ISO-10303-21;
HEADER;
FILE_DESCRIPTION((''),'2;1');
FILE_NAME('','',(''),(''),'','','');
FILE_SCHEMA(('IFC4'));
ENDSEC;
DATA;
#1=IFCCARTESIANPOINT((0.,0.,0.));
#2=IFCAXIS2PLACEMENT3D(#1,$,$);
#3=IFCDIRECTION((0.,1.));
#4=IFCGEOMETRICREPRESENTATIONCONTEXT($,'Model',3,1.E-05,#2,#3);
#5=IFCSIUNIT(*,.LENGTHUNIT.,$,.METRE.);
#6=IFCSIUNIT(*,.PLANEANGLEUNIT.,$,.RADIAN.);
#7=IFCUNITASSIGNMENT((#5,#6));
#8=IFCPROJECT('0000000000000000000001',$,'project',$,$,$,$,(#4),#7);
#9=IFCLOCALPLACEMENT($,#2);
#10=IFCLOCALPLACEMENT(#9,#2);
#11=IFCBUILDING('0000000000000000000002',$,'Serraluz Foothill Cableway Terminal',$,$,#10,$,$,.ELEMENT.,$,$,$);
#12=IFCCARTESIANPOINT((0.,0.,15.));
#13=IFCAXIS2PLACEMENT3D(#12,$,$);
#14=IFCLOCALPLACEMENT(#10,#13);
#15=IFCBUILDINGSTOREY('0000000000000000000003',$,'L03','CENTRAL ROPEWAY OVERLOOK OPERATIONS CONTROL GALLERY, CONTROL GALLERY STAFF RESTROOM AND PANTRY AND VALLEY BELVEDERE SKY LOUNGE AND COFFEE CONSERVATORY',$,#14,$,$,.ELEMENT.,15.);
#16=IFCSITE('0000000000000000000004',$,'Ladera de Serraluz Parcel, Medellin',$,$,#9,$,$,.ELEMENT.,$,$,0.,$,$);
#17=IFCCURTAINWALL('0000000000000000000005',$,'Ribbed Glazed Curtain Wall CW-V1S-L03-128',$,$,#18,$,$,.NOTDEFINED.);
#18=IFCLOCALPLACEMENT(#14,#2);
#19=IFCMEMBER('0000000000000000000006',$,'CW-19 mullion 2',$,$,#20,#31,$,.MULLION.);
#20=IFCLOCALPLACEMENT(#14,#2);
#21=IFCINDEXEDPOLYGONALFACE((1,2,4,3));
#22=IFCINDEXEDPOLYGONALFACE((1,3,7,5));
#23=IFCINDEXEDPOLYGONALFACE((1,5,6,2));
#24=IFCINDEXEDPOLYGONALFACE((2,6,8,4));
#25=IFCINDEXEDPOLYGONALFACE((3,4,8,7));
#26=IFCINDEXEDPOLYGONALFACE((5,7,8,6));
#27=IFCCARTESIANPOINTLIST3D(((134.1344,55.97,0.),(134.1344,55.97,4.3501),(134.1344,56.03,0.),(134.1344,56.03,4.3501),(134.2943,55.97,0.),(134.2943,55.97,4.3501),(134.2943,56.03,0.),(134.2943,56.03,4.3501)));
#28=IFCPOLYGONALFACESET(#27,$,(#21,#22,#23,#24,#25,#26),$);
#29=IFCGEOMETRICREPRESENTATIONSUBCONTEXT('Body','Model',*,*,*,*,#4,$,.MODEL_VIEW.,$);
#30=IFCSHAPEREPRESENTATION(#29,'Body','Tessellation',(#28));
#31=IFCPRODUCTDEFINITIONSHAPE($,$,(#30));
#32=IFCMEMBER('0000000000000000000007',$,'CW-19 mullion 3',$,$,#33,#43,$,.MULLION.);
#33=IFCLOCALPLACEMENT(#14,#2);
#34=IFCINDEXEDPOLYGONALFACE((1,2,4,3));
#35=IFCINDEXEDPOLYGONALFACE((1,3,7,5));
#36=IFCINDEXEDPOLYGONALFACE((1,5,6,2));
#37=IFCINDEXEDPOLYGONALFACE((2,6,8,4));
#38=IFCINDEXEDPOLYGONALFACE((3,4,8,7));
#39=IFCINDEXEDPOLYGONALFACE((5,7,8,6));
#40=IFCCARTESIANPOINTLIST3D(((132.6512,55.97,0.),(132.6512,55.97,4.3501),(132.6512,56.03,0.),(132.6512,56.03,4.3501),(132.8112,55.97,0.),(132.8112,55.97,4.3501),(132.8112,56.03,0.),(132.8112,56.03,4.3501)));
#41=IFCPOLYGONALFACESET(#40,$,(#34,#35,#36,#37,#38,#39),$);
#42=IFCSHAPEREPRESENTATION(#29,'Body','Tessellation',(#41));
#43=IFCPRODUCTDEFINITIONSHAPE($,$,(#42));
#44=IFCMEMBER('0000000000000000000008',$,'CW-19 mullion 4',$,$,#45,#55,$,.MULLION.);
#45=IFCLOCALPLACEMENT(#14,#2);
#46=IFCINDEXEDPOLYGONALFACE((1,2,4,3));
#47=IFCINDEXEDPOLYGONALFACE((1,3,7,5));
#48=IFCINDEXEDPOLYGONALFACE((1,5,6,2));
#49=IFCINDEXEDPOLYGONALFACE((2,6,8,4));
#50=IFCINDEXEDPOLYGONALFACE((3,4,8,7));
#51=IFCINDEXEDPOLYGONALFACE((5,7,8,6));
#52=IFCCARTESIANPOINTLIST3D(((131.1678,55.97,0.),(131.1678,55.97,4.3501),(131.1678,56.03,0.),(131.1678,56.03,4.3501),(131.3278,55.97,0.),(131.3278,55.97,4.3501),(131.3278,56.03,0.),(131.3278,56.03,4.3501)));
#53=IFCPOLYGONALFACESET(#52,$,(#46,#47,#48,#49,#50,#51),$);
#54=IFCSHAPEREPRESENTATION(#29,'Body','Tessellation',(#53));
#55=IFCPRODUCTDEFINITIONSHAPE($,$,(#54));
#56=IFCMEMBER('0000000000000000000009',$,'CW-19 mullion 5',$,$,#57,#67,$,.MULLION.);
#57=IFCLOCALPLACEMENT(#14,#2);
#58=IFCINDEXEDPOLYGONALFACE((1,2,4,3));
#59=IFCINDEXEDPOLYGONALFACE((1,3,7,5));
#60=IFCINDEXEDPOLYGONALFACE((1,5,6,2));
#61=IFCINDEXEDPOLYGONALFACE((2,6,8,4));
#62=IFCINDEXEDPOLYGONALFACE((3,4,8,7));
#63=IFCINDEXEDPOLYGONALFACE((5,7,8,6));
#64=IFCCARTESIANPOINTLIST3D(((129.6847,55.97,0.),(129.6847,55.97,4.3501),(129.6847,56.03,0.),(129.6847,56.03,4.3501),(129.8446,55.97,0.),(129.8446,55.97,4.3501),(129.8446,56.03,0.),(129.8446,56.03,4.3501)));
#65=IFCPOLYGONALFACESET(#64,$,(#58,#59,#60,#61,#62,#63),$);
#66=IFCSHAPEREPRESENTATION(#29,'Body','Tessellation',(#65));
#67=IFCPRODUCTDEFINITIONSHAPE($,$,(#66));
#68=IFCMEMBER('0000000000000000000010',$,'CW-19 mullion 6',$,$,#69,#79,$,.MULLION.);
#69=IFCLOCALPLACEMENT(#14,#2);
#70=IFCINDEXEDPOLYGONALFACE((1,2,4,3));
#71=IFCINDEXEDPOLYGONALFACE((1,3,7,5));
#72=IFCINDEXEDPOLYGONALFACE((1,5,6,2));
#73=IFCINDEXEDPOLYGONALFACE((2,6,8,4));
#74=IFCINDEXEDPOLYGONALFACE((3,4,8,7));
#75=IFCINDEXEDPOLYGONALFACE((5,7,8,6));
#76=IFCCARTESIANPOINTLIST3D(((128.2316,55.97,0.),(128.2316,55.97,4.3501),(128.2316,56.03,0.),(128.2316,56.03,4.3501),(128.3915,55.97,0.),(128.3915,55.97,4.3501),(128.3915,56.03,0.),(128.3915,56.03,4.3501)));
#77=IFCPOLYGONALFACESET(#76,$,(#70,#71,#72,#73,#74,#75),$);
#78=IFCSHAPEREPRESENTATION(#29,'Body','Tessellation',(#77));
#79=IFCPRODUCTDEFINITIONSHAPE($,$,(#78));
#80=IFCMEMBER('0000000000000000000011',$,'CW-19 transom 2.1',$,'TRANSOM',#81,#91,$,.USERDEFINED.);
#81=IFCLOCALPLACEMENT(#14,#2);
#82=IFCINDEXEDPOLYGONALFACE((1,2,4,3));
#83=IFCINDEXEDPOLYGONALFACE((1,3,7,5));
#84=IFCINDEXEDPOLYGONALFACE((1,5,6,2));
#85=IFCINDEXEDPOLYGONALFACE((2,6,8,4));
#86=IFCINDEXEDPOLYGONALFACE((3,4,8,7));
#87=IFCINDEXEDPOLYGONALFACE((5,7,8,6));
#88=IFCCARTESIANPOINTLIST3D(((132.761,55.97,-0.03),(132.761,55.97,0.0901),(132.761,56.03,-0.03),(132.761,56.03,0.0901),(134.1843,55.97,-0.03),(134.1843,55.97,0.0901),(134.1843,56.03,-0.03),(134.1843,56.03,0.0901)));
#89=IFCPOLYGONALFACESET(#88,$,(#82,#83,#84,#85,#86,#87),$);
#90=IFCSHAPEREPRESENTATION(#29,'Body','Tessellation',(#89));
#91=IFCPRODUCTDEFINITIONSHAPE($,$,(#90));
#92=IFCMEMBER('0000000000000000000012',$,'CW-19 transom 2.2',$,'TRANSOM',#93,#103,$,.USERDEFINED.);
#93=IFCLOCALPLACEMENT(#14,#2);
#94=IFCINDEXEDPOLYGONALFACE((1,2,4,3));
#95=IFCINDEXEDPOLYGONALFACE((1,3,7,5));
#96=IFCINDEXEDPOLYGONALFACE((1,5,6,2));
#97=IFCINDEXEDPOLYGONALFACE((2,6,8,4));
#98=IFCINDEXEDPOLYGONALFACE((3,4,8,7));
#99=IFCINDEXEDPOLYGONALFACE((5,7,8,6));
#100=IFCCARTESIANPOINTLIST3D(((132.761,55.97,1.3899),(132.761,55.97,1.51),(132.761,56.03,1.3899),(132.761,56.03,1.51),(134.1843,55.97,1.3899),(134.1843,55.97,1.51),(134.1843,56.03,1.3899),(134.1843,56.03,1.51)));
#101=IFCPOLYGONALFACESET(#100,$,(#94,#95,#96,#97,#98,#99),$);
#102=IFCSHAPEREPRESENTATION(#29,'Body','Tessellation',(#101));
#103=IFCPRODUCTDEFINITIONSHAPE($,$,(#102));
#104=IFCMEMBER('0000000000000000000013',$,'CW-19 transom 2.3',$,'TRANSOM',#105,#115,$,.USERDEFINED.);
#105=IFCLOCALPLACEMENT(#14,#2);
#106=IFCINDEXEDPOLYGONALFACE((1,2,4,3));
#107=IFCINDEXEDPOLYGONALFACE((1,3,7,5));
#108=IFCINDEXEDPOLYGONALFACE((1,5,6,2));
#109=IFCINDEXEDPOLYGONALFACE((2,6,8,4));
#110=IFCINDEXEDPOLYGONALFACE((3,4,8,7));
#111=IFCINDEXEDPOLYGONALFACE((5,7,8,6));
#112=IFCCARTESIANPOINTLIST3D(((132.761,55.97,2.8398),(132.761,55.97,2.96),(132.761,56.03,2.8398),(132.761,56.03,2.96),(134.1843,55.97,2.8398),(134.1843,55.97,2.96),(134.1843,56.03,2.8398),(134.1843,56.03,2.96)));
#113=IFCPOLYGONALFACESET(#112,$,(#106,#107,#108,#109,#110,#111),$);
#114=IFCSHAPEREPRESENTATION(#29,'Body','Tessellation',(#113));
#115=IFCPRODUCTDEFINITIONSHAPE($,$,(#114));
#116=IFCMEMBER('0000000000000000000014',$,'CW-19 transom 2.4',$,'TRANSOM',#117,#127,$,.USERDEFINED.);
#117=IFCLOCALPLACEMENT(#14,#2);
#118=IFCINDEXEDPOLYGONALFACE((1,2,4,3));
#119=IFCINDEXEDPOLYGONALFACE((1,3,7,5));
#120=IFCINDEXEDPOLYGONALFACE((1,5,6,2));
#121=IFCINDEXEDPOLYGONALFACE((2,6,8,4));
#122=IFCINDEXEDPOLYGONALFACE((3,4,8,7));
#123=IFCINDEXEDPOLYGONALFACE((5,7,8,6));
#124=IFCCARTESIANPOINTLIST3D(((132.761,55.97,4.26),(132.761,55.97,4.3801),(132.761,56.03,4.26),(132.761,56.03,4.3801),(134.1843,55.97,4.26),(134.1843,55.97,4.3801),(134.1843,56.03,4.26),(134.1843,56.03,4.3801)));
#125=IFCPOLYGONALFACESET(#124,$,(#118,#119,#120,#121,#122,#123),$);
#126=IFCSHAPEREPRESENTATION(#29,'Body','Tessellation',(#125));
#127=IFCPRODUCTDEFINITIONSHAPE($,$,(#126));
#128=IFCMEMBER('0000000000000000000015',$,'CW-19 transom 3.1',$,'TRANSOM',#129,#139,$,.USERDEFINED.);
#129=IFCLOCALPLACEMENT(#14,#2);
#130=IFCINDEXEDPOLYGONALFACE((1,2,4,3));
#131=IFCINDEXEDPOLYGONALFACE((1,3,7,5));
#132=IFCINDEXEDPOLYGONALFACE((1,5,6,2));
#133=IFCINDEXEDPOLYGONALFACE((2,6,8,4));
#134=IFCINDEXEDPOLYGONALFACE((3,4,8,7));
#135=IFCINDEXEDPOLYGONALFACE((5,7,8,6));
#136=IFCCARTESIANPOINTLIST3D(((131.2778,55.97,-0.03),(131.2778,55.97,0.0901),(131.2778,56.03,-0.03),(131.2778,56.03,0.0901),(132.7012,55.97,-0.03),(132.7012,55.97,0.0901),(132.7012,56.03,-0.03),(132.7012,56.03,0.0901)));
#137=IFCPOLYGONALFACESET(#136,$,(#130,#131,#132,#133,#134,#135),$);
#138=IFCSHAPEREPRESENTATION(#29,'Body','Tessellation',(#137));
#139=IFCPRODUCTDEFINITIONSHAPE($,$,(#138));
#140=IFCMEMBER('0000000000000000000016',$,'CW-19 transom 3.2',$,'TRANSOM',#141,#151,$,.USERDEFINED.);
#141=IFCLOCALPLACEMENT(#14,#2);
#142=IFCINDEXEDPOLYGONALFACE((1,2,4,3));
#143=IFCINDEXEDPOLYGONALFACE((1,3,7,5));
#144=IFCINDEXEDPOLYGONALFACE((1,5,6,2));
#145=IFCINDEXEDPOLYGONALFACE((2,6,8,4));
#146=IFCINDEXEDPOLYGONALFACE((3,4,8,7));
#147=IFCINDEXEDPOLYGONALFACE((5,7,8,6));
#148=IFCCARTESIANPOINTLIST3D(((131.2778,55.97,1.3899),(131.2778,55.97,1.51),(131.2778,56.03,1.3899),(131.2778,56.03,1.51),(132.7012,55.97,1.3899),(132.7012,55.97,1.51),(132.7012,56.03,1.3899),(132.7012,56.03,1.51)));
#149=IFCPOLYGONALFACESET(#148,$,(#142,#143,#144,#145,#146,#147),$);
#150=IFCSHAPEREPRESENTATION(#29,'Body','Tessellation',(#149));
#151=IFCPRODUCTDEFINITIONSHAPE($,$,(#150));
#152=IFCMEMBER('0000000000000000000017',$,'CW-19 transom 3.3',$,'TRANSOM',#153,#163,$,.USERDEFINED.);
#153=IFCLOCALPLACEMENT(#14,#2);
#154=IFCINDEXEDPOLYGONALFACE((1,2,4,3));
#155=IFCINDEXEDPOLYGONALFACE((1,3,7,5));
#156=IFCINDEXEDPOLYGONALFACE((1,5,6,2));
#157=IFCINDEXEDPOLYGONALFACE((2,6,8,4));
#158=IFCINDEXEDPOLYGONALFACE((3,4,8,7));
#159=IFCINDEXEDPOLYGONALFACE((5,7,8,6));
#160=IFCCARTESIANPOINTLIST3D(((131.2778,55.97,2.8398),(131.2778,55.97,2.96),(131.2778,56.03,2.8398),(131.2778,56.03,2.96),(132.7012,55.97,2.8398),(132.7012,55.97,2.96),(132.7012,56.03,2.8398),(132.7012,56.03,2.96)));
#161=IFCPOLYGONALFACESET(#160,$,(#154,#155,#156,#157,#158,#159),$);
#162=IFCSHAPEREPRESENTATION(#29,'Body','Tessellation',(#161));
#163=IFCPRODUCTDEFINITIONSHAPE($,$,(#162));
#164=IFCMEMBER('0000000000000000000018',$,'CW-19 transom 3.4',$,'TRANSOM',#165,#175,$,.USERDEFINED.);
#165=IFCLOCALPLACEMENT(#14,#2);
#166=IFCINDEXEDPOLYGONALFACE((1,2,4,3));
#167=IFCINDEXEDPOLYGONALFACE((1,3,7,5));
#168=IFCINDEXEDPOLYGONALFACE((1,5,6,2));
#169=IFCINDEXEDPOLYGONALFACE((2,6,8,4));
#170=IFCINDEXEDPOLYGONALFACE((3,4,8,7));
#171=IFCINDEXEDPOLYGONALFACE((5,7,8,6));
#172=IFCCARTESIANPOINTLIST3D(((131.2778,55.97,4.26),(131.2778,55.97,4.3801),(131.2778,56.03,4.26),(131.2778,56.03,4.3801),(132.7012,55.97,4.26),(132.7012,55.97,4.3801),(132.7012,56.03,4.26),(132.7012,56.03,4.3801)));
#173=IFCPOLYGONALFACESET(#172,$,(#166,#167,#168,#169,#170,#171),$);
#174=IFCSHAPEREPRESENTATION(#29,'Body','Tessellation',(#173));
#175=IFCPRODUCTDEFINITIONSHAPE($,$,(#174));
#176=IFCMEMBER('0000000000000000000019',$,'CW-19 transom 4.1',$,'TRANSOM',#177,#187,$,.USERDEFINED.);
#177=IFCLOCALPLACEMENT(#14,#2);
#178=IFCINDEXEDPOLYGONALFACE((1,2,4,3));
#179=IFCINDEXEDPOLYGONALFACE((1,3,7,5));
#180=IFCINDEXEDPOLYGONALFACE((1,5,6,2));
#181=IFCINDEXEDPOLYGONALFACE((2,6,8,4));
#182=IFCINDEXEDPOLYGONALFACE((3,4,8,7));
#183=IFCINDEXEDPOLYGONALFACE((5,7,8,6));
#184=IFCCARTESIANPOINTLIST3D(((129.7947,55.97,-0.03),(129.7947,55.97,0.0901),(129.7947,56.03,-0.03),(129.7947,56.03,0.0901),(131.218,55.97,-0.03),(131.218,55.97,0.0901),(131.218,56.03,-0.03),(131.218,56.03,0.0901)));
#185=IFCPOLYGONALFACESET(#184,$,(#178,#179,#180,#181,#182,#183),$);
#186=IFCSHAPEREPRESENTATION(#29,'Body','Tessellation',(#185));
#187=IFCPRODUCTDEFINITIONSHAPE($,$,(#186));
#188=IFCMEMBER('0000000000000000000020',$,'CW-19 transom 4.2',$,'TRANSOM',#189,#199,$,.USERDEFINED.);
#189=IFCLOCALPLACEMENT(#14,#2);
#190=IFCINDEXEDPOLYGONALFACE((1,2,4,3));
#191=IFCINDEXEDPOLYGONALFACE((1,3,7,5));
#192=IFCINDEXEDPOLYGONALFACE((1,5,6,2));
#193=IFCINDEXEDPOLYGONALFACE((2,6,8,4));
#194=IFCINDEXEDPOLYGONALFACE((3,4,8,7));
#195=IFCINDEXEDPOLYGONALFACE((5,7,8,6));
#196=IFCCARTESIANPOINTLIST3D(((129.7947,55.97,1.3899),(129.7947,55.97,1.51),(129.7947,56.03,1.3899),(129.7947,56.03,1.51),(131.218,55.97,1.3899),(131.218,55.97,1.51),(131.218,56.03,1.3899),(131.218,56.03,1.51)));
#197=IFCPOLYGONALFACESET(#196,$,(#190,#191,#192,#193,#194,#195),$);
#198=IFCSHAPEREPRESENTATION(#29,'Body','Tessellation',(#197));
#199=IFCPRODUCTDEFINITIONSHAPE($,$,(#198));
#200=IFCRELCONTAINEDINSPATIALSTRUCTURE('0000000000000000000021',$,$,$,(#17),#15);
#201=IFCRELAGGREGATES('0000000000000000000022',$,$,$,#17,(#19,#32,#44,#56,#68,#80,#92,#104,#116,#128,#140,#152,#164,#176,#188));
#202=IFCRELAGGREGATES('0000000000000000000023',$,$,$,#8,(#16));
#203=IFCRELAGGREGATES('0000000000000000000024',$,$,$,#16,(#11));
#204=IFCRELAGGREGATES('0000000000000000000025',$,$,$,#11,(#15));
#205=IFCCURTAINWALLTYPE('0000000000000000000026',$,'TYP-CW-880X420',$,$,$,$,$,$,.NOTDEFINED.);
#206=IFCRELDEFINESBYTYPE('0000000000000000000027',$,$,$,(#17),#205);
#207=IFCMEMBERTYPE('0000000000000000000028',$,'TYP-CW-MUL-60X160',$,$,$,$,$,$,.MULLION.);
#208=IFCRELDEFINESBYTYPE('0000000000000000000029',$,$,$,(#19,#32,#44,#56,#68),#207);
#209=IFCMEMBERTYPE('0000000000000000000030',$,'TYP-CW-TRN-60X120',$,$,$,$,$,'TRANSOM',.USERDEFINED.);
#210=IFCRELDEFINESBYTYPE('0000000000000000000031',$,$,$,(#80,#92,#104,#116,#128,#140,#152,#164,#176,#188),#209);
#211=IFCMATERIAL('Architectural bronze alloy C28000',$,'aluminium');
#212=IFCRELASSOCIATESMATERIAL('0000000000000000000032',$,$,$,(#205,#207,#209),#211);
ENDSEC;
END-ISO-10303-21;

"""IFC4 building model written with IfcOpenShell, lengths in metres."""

from ifc_helpers import new_model, si_unit, direction, frame, origin, origin_2d, place, context, subcontext, project, spatial, rectangle, extrude, material, material_profile, profile_set, type_object, element, aggregate, save


model = new_model("IFC4")

# Units and contexts
model_context = context("Model", 3, precision=1e-05, world=origin(), true_north=direction((0.0, 1.0)))
body_context = subcontext(model_context, "Body", "Model", "MODEL_VIEW")
ifc_project = project(units=[si_unit("LENGTHUNIT", "METRE"), si_unit("PLANEANGLEUNIT", "RADIAN")], contexts=[model_context])

# Site, building, storey
site_placement = place(None, origin())
site = spatial("IfcSite", under=ifc_project, at=site_placement, Name="Ladera de Serraluz Parcel, Medellin", CompositionType="ELEMENT", RefElevation=0.0)
building_placement = place(site_placement, origin())
building = spatial("IfcBuilding", under=site, at=building_placement, Name="Serraluz Foothill Cableway Terminal", CompositionType="ELEMENT")
storey_placement = place(building_placement, frame((0.0, 0.0, 15.0)))
storey = spatial("IfcBuildingStorey", under=building, at=storey_placement, Name="L03", Description="CENTRAL ROPEWAY OVERLOOK OPERATIONS CONTROL GALLERY, CONTROL GALLERY STAFF RESTROOM AND PANTRY AND VALLEY BELVEDERE SKY LOUNGE AND COFFEE CONSERVATORY", CompositionType="ELEMENT", Elevation=15.0)

# Curtain wall, members
ifc_material_1 = material(Name="Architectural bronze alloy C28000", Category="aluminium")
curtain_wall_type = type_object("IfcCurtainWallType", Name="TYP-CW-880X420", PredefinedType="NOTDEFINED", material=ifc_material_1)
curtain_wall_placement = place(storey_placement, origin())
curtain_wall = element("IfcCurtainWall", 1, at=curtain_wall_placement, inside=storey, type_object=curtain_wall_type, Name="Ribbed Glazed Curtain Wall CW-V1S-L03-128", PredefinedType="NOTDEFINED")
ifc_material_profile_1 = material_profile(ifc_material_1, rectangle(XDim=0.0601, YDim=0.1599, at=origin_2d()), Name="ALU MULLION 60x160")
ifc_profile_set_1 = profile_set([ifc_material_profile_1], Name="Architectural bronze alloy C28000")
member_type_1 = type_object("IfcMemberType", Name="TYP-CW-MUL-60X160", PredefinedType="MULLION", material=ifc_profile_set_1)
member_1_placement = place(storey_placement, frame((134.2144, 56.0, 0.0), z_axis=(0.0, 0.0, 1.0), x_axis=(0.0, -1.0, 0.0)))
member_1 = element("IfcMember", 2, at=member_1_placement, type_object=member_type_1, Name="CW-19 mullion 2", PredefinedType="MULLION", context=body_context, shape_type="SweptSolid", body=[
    extrude(rectangle(XDim=0.0601, YDim=0.1599, at=origin_2d()), origin(), (0.0, 0.0, 1.0), 4.3501),
])
member_2_placement = place(storey_placement, frame((132.7312, 56.0, 0.0), z_axis=(0.0, 0.0, 1.0), x_axis=(0.0, -1.0, 0.0)))
member_2 = element("IfcMember", 3, at=member_2_placement, type_object=member_type_1, Name="CW-19 mullion 3", PredefinedType="MULLION", context=body_context, shape_type="SweptSolid", body=[
    extrude(rectangle(XDim=0.0601, YDim=0.1599, at=origin_2d()), origin(), (0.0, 0.0, 1.0), 4.3501),
])
member_3_placement = place(storey_placement, frame((131.2478, 56.0, 0.0), z_axis=(0.0, 0.0, 1.0), x_axis=(0.0, -1.0, 0.0)))
member_3 = element("IfcMember", 4, at=member_3_placement, type_object=member_type_1, Name="CW-19 mullion 4", PredefinedType="MULLION", context=body_context, shape_type="SweptSolid", body=[
    extrude(rectangle(XDim=0.0601, YDim=0.1599, at=origin_2d()), origin(), (0.0, 0.0, 1.0), 4.3501),
])
member_4_placement = place(storey_placement, frame((129.7646, 56.0, 0.0), z_axis=(0.0, 0.0, 1.0), x_axis=(0.0, -1.0, 0.0)))
member_4 = element("IfcMember", 5, at=member_4_placement, type_object=member_type_1, Name="CW-19 mullion 5", PredefinedType="MULLION", context=body_context, shape_type="SweptSolid", body=[
    extrude(rectangle(XDim=0.0601, YDim=0.1599, at=origin_2d()), origin(), (0.0, 0.0, 1.0), 4.3501),
])
member_5_placement = place(storey_placement, frame((128.3115, 56.0, 0.0), z_axis=(0.0, 0.0, 1.0), x_axis=(0.0, -1.0, 0.0)))
member_5 = element("IfcMember", 6, at=member_5_placement, type_object=member_type_1, Name="CW-19 mullion 6", PredefinedType="MULLION", context=body_context, shape_type="SweptSolid", body=[
    extrude(rectangle(XDim=0.0601, YDim=0.1599, at=origin_2d()), origin(), (0.0, 0.0, 1.0), 4.3501),
])
ifc_material_profile_2 = material_profile(ifc_material_1, rectangle(XDim=0.0601, YDim=0.1201, at=origin_2d()), Name="ALU TRANSOM 60x120")
ifc_profile_set_2 = profile_set([ifc_material_profile_2], Name="Architectural bronze alloy C28000")
member_type_2 = type_object("IfcMemberType", Name="TYP-CW-TRN-60X120", ElementType="TRANSOM", PredefinedType="USERDEFINED", material=ifc_profile_set_2)
member_6_placement = place(storey_placement, frame((134.1843, 56.0, 0.03), z_axis=(-1.0, 0.0, 0.0), x_axis=(0.0, -1.0, 0.0)))
member_6 = element("IfcMember", 7, at=member_6_placement, type_object=member_type_2, Name="CW-19 transom 2.1", ObjectType="TRANSOM", PredefinedType="USERDEFINED", context=body_context, shape_type="SweptSolid", body=[
    extrude(rectangle(XDim=0.0601, YDim=0.1201, at=origin_2d()), origin(), (0.0, 0.0, 1.0), 1.4233),
])
member_7_placement = place(storey_placement, frame((134.1843, 56.0, 1.45), z_axis=(-1.0, 0.0, 0.0), x_axis=(0.0, -1.0, 0.0)))
member_7 = element("IfcMember", 8, at=member_7_placement, type_object=member_type_2, Name="CW-19 transom 2.2", ObjectType="TRANSOM", PredefinedType="USERDEFINED", context=body_context, shape_type="SweptSolid", body=[
    extrude(rectangle(XDim=0.0601, YDim=0.1201, at=origin_2d()), origin(), (0.0, 0.0, 1.0), 1.4233),
])
member_8_placement = place(storey_placement, frame((134.1843, 56.0, 2.8999), z_axis=(-1.0, 0.0, 0.0), x_axis=(0.0, -1.0, 0.0)))
member_8 = element("IfcMember", 9, at=member_8_placement, type_object=member_type_2, Name="CW-19 transom 2.3", ObjectType="TRANSOM", PredefinedType="USERDEFINED", context=body_context, shape_type="SweptSolid", body=[
    extrude(rectangle(XDim=0.0601, YDim=0.1201, at=origin_2d()), origin(), (0.0, 0.0, 1.0), 1.4233),
])
member_9_placement = place(storey_placement, frame((134.1843, 56.0, 4.3201), z_axis=(-1.0, 0.0, 0.0), x_axis=(0.0, -1.0, 0.0)))
member_9 = element("IfcMember", 10, at=member_9_placement, type_object=member_type_2, Name="CW-19 transom 2.4", ObjectType="TRANSOM", PredefinedType="USERDEFINED", context=body_context, shape_type="SweptSolid", body=[
    extrude(rectangle(XDim=0.0601, YDim=0.1201, at=origin_2d()), origin(), (0.0, 0.0, 1.0), 1.4233),
])
member_10_placement = place(storey_placement, frame((132.7012, 56.0, 0.03), z_axis=(-1.0, 0.0, 0.0), x_axis=(0.0, -1.0, 0.0)))
member_10 = element("IfcMember", 11, at=member_10_placement, type_object=member_type_2, Name="CW-19 transom 3.1", ObjectType="TRANSOM", PredefinedType="USERDEFINED", context=body_context, shape_type="SweptSolid", body=[
    extrude(rectangle(XDim=0.0601, YDim=0.1201, at=origin_2d()), origin(), (0.0, 0.0, 1.0), 1.4233),
])
member_11_placement = place(storey_placement, frame((132.7012, 56.0, 1.45), z_axis=(-1.0, 0.0, 0.0), x_axis=(0.0, -1.0, 0.0)))
member_11 = element("IfcMember", 12, at=member_11_placement, type_object=member_type_2, Name="CW-19 transom 3.2", ObjectType="TRANSOM", PredefinedType="USERDEFINED", context=body_context, shape_type="SweptSolid", body=[
    extrude(rectangle(XDim=0.0601, YDim=0.1201, at=origin_2d()), origin(), (0.0, 0.0, 1.0), 1.4233),
])
member_12_placement = place(storey_placement, frame((132.7012, 56.0, 2.8999), z_axis=(-1.0, 0.0, 0.0), x_axis=(0.0, -1.0, 0.0)))
member_12 = element("IfcMember", 13, at=member_12_placement, type_object=member_type_2, Name="CW-19 transom 3.3", ObjectType="TRANSOM", PredefinedType="USERDEFINED", context=body_context, shape_type="SweptSolid", body=[
    extrude(rectangle(XDim=0.0601, YDim=0.1201, at=origin_2d()), origin(), (0.0, 0.0, 1.0), 1.4233),
])
member_13_placement = place(storey_placement, frame((132.7012, 56.0, 4.3201), z_axis=(-1.0, 0.0, 0.0), x_axis=(0.0, -1.0, 0.0)))
member_13 = element("IfcMember", 14, at=member_13_placement, type_object=member_type_2, Name="CW-19 transom 3.4", ObjectType="TRANSOM", PredefinedType="USERDEFINED", context=body_context, shape_type="SweptSolid", body=[
    extrude(rectangle(XDim=0.0601, YDim=0.1201, at=origin_2d()), origin(), (0.0, 0.0, 1.0), 1.4233),
])
member_14_placement = place(storey_placement, frame((131.218, 56.0, 0.03), z_axis=(-1.0, 0.0, 0.0), x_axis=(0.0, -1.0, 0.0)))
member_14 = element("IfcMember", 15, at=member_14_placement, type_object=member_type_2, Name="CW-19 transom 4.1", ObjectType="TRANSOM", PredefinedType="USERDEFINED", context=body_context, shape_type="SweptSolid", body=[
    extrude(rectangle(XDim=0.0601, YDim=0.1201, at=origin_2d()), origin(), (0.0, 0.0, 1.0), 1.4233),
])
member_15_placement = place(storey_placement, frame((131.218, 56.0, 1.45), z_axis=(-1.0, 0.0, 0.0), x_axis=(0.0, -1.0, 0.0)))
member_15 = element("IfcMember", 16, at=member_15_placement, type_object=member_type_2, Name="CW-19 transom 4.2", ObjectType="TRANSOM", PredefinedType="USERDEFINED", context=body_context, shape_type="SweptSolid", body=[
    extrude(rectangle(XDim=0.0601, YDim=0.1201, at=origin_2d()), origin(), (0.0, 0.0, 1.0), 1.4233),
])

aggregate(curtain_wall, [member_1, member_2, member_3, member_4, member_5, member_6, member_7, member_8, member_9, member_10, member_11, member_12, member_13, member_14, member_15])

save(model, "model.ifc")
